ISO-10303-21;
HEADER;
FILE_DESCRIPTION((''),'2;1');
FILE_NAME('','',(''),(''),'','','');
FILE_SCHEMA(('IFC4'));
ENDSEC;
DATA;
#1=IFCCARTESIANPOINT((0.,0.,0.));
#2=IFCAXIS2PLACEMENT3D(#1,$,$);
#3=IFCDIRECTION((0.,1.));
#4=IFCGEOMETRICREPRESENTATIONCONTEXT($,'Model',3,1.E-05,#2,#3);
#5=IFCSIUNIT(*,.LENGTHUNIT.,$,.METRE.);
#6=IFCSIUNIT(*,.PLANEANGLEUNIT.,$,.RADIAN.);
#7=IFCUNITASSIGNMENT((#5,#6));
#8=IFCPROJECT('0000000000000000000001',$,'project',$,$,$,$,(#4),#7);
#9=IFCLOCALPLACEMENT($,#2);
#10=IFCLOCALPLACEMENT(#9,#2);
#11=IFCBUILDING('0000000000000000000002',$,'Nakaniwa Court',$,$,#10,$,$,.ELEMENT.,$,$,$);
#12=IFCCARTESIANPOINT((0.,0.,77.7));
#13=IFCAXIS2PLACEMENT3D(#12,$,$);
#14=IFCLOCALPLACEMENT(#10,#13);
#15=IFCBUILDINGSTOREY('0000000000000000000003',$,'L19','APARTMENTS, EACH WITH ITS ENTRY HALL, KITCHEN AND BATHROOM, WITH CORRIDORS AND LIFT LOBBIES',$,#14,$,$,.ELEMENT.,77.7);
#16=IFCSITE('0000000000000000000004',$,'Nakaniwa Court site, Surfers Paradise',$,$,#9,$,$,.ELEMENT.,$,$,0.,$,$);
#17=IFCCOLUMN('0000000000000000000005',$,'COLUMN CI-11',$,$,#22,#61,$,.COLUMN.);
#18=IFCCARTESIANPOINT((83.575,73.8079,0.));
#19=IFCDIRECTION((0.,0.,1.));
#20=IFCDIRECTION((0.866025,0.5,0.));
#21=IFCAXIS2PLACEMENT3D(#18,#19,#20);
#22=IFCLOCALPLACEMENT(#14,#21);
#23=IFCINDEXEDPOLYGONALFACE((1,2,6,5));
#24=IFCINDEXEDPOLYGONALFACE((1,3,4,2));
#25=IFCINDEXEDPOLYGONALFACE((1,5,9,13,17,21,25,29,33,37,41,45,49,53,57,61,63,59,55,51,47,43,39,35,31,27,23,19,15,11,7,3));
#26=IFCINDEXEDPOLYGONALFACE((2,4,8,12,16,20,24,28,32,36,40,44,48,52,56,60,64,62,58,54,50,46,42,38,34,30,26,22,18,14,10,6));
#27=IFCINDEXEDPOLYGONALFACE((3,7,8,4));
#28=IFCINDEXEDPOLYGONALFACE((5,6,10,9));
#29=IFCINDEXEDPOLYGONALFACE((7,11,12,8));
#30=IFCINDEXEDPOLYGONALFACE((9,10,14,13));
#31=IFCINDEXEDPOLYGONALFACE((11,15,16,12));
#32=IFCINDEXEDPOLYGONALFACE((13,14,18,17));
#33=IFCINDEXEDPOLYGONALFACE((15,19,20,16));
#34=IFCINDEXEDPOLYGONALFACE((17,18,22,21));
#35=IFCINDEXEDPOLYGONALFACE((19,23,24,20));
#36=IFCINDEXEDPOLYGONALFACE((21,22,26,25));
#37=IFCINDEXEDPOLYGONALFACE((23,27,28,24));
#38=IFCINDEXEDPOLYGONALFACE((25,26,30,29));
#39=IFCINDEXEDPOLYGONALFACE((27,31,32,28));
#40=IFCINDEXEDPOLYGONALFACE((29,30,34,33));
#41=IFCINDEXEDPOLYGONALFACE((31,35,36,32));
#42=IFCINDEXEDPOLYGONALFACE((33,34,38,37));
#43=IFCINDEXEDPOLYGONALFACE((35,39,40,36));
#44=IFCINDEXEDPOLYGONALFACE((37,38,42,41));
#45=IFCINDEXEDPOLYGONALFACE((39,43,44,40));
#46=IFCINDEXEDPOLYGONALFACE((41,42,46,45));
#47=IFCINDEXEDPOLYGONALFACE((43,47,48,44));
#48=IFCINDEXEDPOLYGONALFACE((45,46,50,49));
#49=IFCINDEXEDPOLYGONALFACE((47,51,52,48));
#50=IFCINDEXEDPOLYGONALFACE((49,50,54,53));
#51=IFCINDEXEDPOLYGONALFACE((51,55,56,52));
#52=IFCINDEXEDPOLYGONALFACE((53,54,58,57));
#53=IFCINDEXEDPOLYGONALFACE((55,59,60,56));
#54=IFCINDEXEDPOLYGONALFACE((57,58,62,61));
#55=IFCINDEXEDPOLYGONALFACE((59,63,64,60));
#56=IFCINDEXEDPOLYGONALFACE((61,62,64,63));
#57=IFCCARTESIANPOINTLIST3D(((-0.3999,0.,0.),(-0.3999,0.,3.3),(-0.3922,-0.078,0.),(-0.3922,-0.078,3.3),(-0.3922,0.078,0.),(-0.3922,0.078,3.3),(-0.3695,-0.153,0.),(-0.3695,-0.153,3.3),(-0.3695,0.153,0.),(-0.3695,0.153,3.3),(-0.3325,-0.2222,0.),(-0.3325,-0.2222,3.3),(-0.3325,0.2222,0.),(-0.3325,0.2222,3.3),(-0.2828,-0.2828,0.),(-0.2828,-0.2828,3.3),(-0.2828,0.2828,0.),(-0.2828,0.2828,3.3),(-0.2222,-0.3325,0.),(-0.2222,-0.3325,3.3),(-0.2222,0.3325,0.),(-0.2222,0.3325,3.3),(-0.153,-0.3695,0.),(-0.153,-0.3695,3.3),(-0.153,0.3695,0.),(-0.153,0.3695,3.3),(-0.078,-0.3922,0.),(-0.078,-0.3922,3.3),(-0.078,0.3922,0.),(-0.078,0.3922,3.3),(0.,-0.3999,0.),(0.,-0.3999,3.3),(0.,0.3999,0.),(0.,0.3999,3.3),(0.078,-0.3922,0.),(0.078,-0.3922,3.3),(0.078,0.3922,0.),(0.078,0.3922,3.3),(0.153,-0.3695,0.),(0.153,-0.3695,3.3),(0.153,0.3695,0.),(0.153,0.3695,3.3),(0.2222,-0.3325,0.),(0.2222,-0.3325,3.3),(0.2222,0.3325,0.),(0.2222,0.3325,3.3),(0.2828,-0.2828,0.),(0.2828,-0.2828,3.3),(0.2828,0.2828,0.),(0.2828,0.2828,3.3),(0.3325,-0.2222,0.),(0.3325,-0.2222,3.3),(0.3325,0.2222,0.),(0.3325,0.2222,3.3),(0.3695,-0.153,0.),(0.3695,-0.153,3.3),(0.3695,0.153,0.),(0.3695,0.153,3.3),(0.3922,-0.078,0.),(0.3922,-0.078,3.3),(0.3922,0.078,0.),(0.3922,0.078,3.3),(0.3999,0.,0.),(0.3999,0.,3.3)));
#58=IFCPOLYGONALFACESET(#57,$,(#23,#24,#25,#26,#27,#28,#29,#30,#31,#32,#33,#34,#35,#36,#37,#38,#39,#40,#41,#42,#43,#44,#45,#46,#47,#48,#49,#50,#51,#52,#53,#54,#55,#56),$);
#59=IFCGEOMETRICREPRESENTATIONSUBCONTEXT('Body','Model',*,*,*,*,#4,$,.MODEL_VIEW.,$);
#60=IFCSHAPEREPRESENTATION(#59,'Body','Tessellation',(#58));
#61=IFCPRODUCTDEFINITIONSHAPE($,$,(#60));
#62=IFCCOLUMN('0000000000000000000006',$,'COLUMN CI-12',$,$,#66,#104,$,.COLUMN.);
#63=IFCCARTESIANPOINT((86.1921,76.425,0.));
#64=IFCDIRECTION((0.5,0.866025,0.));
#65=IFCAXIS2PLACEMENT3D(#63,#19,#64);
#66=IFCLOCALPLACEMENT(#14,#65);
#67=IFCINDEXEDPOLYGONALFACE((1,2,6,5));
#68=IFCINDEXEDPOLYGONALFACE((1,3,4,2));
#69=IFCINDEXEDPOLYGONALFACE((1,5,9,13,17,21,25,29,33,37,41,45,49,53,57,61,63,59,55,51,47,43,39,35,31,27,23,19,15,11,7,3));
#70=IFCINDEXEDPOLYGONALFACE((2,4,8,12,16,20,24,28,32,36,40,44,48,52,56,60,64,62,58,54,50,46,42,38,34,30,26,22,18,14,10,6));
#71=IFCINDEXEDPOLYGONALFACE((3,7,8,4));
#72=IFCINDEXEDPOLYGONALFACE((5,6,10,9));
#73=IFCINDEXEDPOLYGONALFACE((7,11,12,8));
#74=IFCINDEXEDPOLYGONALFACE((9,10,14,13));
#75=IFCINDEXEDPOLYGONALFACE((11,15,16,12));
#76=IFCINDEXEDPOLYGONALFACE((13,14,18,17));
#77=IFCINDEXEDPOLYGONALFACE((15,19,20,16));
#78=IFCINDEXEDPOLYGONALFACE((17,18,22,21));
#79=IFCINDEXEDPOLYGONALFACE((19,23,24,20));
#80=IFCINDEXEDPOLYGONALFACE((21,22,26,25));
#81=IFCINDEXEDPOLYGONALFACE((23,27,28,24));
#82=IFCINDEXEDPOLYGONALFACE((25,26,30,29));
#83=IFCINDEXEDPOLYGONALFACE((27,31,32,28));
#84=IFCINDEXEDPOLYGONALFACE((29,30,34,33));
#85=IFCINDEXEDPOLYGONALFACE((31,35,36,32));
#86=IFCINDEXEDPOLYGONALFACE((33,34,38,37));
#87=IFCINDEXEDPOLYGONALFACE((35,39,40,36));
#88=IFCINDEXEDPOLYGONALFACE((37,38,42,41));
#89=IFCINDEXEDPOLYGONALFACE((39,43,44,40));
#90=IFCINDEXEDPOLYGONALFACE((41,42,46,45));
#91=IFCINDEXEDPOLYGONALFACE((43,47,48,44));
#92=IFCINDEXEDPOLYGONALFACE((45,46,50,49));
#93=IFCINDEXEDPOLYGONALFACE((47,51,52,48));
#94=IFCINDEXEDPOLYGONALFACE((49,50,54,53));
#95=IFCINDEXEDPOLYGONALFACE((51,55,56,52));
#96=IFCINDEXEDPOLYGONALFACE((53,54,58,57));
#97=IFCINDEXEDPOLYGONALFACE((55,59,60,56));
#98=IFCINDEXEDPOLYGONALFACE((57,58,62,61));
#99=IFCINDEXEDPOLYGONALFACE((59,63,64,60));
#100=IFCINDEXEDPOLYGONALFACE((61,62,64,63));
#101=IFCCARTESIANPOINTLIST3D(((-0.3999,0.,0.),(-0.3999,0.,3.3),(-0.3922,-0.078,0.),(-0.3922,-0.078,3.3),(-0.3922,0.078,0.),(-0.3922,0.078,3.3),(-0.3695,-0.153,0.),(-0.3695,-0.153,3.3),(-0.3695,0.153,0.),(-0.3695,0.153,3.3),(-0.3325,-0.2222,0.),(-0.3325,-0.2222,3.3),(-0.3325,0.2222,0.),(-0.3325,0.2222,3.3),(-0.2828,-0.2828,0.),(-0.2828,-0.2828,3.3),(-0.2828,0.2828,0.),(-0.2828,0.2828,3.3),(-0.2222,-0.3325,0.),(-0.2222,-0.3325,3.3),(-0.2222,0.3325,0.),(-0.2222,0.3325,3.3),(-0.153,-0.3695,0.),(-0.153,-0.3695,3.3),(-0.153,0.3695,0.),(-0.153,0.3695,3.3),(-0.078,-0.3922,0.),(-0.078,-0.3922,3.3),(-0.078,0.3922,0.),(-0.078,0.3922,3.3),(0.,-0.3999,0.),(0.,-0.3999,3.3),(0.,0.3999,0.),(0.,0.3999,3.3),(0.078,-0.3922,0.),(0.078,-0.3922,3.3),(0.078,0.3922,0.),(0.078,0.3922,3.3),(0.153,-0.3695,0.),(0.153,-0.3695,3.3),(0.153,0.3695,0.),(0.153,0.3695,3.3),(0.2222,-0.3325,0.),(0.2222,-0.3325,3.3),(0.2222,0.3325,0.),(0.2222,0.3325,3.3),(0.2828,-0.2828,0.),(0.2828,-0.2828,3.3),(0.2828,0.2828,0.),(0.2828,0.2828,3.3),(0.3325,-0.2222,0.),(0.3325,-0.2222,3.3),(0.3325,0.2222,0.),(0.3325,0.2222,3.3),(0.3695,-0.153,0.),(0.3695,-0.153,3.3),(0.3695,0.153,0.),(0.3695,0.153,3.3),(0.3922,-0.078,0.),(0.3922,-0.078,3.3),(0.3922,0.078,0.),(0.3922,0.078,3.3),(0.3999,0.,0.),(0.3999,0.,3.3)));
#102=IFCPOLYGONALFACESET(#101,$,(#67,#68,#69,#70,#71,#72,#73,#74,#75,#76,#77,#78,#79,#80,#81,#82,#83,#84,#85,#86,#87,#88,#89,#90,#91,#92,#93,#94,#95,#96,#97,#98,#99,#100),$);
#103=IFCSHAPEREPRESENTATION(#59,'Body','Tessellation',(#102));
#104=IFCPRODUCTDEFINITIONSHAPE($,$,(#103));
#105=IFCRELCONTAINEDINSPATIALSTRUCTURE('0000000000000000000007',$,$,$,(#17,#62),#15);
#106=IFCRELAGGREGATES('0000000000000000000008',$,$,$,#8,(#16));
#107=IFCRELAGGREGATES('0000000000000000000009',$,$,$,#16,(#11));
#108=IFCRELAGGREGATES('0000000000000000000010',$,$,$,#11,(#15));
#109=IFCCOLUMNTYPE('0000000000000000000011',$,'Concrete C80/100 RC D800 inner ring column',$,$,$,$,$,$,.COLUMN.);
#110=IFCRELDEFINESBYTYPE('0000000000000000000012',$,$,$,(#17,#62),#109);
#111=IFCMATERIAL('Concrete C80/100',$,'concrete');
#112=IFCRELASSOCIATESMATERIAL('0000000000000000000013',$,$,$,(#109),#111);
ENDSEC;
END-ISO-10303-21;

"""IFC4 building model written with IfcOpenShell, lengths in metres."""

from ifc_helpers import new_model, si_unit, direction, frame, origin, origin_2d, place, context, subcontext, project, spatial, circle, extrude, material, material_profile, profile_set, type_object, element, save


model = new_model("IFC4")

# Units and contexts
model_context = context("Model", 3, precision=1e-05, world=origin(), true_north=direction((0.0, 1.0)))
body_context = subcontext(model_context, "Body", "Model", "MODEL_VIEW")
ifc_project = project(units=[si_unit("LENGTHUNIT", "METRE"), si_unit("PLANEANGLEUNIT", "RADIAN")], contexts=[model_context])

# Site, building, storey
site_placement = place(None, origin())
site = spatial("IfcSite", under=ifc_project, at=site_placement, Name="Nakaniwa Court site, Surfers Paradise", CompositionType="ELEMENT", RefElevation=0.0)
building_placement = place(site_placement, origin())
building = spatial("IfcBuilding", under=site, at=building_placement, Name="Nakaniwa Court", CompositionType="ELEMENT")
storey_placement = place(building_placement, frame((0.0, 0.0, 77.7)))
storey = spatial("IfcBuildingStorey", under=building, at=storey_placement, Name="L19", Description="APARTMENTS, EACH WITH ITS ENTRY HALL, KITCHEN AND BATHROOM, WITH CORRIDORS AND LIFT LOBBIES", CompositionType="ELEMENT", Elevation=77.7)

# Columns
ifc_material_1 = material(Name="Concrete C80/100", Category="concrete")
ifc_material_profile_1 = material_profile(ifc_material_1, circle(Radius=0.3999, at=origin_2d()), Name="Concrete C80/100 RC D800 inner ring column")
ifc_profile_set_1 = profile_set([ifc_material_profile_1], Name="Concrete C80/100")
column_type = type_object("IfcColumnType", Name="Concrete C80/100 RC D800 inner ring column", PredefinedType="COLUMN", material=ifc_profile_set_1)
for number, where, z_axis, x_axis, name in (
    (1, (83.575, 73.8079, 0.0), (0.0, 0.0, 1.0), (0.866025, 0.5, 0.0), "COLUMN CI-11"),
    (2, (86.1921, 76.425, 0.0), (0.0, 0.0, 1.0), (0.5, 0.866025, 0.0), "COLUMN CI-12"),
):
    element("IfcColumn", number, at=place(storey_placement, frame(where, z_axis=z_axis, x_axis=x_axis)), inside=storey, type_object=column_type, Name=name, PredefinedType="COLUMN", context=body_context, shape_type="SweptSolid", body=[
        extrude(circle(Radius=0.3999, at=origin_2d()), origin(), (0.0, 0.0, 1.0), 3.3),
    ])

save(model, "model.ifc")
